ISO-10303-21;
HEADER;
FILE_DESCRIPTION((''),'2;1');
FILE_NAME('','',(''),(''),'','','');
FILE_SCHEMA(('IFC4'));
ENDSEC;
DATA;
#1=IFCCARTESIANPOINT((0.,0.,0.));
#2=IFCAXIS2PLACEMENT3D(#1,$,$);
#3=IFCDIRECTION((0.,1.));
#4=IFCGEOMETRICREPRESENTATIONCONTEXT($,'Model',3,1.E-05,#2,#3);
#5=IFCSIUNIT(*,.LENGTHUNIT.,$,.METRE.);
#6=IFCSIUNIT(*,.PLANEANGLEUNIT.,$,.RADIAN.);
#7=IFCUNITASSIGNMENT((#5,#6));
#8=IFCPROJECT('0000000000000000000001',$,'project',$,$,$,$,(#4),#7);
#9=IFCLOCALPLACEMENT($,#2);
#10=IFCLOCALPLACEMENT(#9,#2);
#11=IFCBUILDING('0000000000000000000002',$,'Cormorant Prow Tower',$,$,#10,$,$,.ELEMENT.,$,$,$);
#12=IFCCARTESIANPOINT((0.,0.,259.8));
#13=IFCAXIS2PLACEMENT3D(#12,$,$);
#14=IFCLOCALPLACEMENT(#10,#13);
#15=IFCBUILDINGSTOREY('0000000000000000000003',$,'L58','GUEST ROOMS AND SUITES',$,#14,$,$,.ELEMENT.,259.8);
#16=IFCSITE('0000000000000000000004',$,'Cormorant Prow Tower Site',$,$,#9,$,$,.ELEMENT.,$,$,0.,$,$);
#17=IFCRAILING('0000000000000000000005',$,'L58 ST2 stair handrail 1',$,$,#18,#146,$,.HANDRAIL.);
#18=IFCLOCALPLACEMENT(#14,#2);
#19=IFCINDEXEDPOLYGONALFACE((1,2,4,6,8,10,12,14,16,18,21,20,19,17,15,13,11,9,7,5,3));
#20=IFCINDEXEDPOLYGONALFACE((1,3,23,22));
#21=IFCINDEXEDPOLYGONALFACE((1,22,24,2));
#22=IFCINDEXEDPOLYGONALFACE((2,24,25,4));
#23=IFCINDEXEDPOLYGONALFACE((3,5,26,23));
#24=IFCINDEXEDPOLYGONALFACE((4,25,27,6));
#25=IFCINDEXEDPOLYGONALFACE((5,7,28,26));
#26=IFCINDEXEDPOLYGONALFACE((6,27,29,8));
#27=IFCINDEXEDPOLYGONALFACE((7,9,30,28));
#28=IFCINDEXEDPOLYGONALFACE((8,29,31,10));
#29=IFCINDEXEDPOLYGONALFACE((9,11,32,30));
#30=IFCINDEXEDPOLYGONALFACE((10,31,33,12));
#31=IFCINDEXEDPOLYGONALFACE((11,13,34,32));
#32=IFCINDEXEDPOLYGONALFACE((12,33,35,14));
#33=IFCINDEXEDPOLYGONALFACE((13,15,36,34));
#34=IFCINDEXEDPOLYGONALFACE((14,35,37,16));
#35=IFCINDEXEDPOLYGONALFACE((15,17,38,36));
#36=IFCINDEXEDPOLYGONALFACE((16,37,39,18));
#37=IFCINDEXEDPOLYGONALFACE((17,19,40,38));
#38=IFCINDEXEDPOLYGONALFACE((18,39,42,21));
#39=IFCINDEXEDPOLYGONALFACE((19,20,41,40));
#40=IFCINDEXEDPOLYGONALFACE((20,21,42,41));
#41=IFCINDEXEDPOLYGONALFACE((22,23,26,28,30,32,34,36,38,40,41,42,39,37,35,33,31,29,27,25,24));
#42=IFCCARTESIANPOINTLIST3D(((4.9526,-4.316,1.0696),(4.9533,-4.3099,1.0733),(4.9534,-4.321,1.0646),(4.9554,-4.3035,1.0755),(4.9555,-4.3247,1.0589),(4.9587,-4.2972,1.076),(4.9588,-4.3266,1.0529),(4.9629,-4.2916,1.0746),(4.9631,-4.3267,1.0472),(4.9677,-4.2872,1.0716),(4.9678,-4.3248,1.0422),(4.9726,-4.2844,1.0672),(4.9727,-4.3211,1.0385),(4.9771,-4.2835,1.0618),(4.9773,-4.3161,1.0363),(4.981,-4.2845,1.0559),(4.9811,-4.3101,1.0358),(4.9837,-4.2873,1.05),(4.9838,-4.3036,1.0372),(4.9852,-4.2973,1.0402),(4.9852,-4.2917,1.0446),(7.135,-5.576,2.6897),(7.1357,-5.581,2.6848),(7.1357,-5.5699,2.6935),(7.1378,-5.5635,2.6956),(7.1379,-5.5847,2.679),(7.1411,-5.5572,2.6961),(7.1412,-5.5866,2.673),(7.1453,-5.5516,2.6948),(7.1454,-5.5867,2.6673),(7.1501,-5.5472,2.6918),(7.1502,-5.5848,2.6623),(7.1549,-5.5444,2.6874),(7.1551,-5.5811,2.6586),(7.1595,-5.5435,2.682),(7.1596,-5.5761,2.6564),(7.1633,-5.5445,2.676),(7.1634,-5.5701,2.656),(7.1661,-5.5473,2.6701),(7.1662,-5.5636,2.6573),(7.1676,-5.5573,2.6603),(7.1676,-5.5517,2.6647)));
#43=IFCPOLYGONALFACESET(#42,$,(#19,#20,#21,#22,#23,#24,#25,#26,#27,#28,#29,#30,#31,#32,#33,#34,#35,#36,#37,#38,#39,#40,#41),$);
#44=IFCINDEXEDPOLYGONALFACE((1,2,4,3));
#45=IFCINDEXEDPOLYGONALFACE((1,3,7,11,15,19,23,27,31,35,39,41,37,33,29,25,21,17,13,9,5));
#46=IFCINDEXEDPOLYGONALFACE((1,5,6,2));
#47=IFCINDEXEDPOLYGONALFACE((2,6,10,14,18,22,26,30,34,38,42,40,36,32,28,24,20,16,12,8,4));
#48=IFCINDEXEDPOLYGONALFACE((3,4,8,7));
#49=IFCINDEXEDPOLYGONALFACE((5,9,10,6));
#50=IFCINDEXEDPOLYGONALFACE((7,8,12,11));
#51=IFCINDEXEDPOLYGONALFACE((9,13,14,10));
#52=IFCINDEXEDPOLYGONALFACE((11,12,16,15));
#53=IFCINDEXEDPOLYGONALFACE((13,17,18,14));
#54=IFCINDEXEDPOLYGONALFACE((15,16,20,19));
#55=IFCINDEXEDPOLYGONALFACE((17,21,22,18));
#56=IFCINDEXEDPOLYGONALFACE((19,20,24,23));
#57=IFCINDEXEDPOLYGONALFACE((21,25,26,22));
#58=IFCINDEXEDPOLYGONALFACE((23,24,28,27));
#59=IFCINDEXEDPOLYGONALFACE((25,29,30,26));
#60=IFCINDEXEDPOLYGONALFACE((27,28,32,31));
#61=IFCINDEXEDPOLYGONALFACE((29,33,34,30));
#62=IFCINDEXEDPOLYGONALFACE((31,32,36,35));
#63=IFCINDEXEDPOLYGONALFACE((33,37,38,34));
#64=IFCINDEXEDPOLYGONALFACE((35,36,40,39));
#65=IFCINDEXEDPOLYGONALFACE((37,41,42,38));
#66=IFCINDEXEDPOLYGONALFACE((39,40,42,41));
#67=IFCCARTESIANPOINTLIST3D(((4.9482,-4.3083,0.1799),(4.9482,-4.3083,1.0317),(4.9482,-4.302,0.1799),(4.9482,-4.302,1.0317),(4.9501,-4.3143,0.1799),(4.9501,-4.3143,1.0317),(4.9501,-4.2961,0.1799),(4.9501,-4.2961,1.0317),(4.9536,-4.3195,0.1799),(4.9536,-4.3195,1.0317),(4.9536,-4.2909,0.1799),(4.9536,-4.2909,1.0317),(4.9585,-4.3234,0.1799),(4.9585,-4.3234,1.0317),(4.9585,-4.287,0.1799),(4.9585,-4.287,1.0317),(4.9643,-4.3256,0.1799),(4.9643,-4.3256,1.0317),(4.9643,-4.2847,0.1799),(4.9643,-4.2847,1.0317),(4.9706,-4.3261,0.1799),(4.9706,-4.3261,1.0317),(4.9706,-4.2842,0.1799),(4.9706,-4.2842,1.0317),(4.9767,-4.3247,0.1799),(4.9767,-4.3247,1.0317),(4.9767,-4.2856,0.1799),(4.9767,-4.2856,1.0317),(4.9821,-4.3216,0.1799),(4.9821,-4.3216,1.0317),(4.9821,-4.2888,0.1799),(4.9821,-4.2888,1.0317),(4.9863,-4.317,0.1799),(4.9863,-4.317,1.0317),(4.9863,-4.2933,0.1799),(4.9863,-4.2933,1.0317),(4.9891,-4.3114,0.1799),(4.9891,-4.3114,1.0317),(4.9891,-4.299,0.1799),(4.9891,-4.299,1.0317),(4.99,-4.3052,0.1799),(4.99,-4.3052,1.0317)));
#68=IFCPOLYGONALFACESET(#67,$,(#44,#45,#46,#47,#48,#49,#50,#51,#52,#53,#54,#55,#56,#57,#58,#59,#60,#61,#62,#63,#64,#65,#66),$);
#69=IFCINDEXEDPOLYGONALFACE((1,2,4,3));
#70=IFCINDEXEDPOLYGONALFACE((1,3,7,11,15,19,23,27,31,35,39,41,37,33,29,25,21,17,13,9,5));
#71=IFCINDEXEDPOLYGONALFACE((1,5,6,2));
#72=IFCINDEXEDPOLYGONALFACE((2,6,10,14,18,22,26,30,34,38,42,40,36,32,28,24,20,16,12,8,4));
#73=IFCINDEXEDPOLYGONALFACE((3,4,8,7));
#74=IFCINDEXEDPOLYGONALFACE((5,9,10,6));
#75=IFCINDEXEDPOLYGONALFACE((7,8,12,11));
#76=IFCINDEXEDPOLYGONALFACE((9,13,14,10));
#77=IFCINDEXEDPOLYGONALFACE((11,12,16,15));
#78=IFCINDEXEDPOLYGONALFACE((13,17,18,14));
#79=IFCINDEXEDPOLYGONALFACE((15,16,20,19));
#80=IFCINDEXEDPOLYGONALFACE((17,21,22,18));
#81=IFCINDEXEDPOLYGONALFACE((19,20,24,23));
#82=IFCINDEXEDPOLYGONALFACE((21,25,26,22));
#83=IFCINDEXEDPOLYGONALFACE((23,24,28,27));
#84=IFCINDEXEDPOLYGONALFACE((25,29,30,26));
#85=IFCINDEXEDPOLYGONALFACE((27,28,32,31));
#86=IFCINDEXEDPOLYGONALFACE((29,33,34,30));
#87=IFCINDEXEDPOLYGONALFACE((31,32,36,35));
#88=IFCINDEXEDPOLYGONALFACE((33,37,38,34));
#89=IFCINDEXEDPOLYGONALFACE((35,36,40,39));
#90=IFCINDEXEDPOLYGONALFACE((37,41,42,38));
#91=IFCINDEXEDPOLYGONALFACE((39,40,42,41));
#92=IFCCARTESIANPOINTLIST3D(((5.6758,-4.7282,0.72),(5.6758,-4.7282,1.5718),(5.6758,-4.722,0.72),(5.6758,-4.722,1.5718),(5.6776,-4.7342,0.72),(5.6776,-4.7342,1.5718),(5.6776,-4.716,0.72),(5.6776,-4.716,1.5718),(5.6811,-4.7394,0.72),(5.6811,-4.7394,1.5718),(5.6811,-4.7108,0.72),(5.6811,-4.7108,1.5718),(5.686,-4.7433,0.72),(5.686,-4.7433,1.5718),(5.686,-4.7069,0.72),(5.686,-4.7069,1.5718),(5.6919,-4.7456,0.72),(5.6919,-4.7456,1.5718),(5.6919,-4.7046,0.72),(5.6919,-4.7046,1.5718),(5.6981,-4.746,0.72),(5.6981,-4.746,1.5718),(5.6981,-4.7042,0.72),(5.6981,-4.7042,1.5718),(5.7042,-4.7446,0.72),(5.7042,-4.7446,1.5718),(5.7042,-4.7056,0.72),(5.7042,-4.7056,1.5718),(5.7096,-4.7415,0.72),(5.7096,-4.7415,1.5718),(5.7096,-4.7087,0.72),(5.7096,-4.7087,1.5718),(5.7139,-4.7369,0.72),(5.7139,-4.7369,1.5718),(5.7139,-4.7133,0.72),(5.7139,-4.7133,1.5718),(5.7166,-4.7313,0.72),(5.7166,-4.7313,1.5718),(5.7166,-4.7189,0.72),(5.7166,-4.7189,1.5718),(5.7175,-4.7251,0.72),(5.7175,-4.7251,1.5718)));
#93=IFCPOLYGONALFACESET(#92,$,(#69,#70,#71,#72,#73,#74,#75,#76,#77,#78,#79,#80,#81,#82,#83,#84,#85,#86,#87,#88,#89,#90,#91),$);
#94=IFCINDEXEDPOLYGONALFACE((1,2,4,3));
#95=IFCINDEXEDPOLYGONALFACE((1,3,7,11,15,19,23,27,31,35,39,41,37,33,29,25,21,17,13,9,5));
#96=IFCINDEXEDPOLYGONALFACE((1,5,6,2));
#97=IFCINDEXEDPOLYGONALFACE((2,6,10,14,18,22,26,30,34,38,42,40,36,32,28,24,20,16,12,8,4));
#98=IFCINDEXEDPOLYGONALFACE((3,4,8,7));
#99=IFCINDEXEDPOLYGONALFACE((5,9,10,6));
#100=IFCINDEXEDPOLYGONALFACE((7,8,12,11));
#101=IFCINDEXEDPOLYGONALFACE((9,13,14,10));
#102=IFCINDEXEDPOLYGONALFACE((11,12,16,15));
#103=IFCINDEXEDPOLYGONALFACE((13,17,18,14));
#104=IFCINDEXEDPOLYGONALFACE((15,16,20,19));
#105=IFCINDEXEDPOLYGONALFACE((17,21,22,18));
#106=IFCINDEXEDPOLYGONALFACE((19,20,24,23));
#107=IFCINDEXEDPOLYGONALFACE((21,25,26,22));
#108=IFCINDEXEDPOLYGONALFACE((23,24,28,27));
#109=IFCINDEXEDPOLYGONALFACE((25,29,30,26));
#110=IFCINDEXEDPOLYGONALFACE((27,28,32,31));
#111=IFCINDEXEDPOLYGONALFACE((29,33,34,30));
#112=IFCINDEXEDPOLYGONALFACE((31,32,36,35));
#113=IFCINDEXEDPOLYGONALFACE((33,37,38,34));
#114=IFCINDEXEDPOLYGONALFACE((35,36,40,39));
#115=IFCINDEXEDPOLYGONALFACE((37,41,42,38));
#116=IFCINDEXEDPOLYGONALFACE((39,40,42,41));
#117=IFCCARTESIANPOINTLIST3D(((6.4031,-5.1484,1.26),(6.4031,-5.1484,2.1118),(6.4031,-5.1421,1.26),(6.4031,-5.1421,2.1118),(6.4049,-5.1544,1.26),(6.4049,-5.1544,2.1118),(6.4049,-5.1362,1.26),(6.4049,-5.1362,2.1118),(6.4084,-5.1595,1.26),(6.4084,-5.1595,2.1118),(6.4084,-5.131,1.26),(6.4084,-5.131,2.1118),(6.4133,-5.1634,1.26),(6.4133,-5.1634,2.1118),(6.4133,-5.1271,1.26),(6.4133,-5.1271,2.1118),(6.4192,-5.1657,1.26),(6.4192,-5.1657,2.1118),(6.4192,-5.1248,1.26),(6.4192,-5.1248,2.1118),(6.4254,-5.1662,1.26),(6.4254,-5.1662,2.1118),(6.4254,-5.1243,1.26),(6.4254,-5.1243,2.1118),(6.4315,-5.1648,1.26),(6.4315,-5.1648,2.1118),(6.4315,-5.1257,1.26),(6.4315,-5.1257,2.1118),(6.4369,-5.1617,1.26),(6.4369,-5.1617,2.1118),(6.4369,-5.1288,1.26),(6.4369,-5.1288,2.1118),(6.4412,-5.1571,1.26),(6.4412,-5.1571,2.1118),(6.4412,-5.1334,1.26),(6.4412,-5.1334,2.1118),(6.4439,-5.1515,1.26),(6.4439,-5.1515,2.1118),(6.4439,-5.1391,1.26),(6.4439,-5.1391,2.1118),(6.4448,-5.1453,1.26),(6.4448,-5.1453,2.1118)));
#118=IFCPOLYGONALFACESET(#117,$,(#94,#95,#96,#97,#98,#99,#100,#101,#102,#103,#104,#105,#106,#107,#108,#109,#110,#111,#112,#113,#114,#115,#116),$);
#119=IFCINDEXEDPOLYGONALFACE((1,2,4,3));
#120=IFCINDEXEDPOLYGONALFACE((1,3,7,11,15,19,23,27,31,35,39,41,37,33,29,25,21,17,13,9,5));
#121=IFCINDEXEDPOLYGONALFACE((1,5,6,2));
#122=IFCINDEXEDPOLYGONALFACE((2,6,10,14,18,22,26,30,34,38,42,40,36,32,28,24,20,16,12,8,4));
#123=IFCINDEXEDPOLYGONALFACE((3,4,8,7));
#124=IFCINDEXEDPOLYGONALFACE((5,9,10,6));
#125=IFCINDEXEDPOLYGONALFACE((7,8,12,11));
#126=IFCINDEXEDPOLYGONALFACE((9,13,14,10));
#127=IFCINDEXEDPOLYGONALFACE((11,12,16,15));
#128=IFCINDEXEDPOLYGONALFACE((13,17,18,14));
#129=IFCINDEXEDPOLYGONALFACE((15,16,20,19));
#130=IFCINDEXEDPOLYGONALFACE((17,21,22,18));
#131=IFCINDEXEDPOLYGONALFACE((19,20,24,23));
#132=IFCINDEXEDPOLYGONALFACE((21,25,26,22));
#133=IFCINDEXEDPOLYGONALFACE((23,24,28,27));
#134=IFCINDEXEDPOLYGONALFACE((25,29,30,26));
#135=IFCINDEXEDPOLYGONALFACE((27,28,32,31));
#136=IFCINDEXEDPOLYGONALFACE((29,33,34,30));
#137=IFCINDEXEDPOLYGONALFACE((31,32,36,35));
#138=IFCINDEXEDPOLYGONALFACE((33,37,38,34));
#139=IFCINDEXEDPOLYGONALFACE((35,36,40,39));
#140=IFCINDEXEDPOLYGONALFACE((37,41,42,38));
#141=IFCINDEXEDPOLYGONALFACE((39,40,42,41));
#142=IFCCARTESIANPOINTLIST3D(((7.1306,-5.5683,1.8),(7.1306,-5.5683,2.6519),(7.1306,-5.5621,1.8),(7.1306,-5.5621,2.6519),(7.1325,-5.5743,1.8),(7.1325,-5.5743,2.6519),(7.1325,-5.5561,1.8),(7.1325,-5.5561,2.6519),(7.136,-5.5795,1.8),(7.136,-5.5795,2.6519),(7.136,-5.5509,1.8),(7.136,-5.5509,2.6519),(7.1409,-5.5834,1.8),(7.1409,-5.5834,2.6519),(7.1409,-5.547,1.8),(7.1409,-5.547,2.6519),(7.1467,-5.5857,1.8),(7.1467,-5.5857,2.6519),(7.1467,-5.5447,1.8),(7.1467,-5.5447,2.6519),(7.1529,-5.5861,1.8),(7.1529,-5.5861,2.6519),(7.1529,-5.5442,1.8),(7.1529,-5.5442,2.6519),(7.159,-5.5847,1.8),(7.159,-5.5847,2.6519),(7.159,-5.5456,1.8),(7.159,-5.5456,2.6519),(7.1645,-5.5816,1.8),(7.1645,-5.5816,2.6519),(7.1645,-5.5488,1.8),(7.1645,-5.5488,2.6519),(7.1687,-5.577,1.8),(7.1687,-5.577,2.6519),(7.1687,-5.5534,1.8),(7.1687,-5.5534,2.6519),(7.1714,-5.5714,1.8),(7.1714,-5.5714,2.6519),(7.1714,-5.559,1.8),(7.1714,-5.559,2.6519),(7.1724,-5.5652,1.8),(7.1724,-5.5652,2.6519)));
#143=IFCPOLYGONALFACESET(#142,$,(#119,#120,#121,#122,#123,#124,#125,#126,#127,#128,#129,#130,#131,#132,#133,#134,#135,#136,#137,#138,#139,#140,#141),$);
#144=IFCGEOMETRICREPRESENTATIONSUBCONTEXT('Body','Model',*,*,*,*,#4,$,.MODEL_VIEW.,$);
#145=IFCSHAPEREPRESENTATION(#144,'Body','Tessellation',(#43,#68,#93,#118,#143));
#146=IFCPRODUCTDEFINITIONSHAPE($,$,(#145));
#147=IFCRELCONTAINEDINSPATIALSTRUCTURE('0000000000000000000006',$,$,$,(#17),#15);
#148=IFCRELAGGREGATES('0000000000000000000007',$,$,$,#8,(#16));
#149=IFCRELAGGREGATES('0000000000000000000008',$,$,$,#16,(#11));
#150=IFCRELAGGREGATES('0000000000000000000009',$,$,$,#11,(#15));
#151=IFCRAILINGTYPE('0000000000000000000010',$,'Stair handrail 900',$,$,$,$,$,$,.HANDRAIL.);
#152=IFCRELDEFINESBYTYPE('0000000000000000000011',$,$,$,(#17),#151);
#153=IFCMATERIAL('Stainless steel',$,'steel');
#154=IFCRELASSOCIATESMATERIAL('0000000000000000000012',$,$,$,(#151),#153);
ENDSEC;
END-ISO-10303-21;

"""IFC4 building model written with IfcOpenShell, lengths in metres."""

from ifc_helpers import new_model, si_unit, direction, frame, origin, origin_2d, place, context, subcontext, project, spatial, circle, extrude, material, type_object, element, save


model = new_model("IFC4")

# Units and contexts
model_context = context("Model", 3, precision=1e-05, world=origin(), true_north=direction((0.0, 1.0)))
body_context = subcontext(model_context, "Body", "Model", "MODEL_VIEW")
ifc_project = project(units=[si_unit("LENGTHUNIT", "METRE"), si_unit("PLANEANGLEUNIT", "RADIAN")], contexts=[model_context])

# Site, building, storey
site_placement = place(None, origin())
site = spatial("IfcSite", under=ifc_project, at=site_placement, Name="Cormorant Prow Tower Site", CompositionType="ELEMENT", RefElevation=0.0)
building_placement = place(site_placement, origin())
building = spatial("IfcBuilding", under=site, at=building_placement, Name="Cormorant Prow Tower", CompositionType="ELEMENT")
storey_placement = place(building_placement, frame((0.0, 0.0, 259.8)))
storey = spatial("IfcBuildingStorey", under=building, at=storey_placement, Name="L58", Description="GUEST ROOMS AND SUITES", CompositionType="ELEMENT", Elevation=259.8)

# Railing
ifc_material_1 = material(Name="Stainless steel", Category="steel")
railing_type_1 = type_object("IfcRailingType", Name="Stair handrail 900", PredefinedType="HANDRAIL", material=ifc_material_1)
railing_1_placement = place(storey_placement, frame((4.969, -4.3052, 0.1799)))
element("IfcRailing", 1, at=railing_1_placement, inside=storey, type_object=railing_type_1, Name="L58 ST2 stair handrail 1", PredefinedType="HANDRAIL", context=body_context, shape_type="SweptSolid", body=[
    extrude(circle(Radius=0.0239, at=origin_2d()), frame((0.0, 0.0, 0.876), z_axis=(0.728464, -0.420584, 0.540786), x_axis=(0.500005, 0.866023, 0.0)), (0.0, 0.0, 1.0), 2.9958),
    extrude(circle(Radius=0.021, at=origin_2d()), origin(), (0.0, 0.0, 1.0), 0.8518),
    extrude(circle(Radius=0.021, at=origin_2d()), frame((0.7275, -0.4199, 0.54)), (0.0, 0.0, 1.0), 0.8518),
    extrude(circle(Radius=0.021, at=origin_2d()), frame((1.4548, -0.8401, 1.0801)), (0.0, 0.0, 1.0), 0.8518),
    extrude(circle(Radius=0.021, at=origin_2d()), frame((2.1824, -1.26, 1.6201)), (0.0, 0.0, 1.0), 0.8518),
])

save(model, "model.ifc")
